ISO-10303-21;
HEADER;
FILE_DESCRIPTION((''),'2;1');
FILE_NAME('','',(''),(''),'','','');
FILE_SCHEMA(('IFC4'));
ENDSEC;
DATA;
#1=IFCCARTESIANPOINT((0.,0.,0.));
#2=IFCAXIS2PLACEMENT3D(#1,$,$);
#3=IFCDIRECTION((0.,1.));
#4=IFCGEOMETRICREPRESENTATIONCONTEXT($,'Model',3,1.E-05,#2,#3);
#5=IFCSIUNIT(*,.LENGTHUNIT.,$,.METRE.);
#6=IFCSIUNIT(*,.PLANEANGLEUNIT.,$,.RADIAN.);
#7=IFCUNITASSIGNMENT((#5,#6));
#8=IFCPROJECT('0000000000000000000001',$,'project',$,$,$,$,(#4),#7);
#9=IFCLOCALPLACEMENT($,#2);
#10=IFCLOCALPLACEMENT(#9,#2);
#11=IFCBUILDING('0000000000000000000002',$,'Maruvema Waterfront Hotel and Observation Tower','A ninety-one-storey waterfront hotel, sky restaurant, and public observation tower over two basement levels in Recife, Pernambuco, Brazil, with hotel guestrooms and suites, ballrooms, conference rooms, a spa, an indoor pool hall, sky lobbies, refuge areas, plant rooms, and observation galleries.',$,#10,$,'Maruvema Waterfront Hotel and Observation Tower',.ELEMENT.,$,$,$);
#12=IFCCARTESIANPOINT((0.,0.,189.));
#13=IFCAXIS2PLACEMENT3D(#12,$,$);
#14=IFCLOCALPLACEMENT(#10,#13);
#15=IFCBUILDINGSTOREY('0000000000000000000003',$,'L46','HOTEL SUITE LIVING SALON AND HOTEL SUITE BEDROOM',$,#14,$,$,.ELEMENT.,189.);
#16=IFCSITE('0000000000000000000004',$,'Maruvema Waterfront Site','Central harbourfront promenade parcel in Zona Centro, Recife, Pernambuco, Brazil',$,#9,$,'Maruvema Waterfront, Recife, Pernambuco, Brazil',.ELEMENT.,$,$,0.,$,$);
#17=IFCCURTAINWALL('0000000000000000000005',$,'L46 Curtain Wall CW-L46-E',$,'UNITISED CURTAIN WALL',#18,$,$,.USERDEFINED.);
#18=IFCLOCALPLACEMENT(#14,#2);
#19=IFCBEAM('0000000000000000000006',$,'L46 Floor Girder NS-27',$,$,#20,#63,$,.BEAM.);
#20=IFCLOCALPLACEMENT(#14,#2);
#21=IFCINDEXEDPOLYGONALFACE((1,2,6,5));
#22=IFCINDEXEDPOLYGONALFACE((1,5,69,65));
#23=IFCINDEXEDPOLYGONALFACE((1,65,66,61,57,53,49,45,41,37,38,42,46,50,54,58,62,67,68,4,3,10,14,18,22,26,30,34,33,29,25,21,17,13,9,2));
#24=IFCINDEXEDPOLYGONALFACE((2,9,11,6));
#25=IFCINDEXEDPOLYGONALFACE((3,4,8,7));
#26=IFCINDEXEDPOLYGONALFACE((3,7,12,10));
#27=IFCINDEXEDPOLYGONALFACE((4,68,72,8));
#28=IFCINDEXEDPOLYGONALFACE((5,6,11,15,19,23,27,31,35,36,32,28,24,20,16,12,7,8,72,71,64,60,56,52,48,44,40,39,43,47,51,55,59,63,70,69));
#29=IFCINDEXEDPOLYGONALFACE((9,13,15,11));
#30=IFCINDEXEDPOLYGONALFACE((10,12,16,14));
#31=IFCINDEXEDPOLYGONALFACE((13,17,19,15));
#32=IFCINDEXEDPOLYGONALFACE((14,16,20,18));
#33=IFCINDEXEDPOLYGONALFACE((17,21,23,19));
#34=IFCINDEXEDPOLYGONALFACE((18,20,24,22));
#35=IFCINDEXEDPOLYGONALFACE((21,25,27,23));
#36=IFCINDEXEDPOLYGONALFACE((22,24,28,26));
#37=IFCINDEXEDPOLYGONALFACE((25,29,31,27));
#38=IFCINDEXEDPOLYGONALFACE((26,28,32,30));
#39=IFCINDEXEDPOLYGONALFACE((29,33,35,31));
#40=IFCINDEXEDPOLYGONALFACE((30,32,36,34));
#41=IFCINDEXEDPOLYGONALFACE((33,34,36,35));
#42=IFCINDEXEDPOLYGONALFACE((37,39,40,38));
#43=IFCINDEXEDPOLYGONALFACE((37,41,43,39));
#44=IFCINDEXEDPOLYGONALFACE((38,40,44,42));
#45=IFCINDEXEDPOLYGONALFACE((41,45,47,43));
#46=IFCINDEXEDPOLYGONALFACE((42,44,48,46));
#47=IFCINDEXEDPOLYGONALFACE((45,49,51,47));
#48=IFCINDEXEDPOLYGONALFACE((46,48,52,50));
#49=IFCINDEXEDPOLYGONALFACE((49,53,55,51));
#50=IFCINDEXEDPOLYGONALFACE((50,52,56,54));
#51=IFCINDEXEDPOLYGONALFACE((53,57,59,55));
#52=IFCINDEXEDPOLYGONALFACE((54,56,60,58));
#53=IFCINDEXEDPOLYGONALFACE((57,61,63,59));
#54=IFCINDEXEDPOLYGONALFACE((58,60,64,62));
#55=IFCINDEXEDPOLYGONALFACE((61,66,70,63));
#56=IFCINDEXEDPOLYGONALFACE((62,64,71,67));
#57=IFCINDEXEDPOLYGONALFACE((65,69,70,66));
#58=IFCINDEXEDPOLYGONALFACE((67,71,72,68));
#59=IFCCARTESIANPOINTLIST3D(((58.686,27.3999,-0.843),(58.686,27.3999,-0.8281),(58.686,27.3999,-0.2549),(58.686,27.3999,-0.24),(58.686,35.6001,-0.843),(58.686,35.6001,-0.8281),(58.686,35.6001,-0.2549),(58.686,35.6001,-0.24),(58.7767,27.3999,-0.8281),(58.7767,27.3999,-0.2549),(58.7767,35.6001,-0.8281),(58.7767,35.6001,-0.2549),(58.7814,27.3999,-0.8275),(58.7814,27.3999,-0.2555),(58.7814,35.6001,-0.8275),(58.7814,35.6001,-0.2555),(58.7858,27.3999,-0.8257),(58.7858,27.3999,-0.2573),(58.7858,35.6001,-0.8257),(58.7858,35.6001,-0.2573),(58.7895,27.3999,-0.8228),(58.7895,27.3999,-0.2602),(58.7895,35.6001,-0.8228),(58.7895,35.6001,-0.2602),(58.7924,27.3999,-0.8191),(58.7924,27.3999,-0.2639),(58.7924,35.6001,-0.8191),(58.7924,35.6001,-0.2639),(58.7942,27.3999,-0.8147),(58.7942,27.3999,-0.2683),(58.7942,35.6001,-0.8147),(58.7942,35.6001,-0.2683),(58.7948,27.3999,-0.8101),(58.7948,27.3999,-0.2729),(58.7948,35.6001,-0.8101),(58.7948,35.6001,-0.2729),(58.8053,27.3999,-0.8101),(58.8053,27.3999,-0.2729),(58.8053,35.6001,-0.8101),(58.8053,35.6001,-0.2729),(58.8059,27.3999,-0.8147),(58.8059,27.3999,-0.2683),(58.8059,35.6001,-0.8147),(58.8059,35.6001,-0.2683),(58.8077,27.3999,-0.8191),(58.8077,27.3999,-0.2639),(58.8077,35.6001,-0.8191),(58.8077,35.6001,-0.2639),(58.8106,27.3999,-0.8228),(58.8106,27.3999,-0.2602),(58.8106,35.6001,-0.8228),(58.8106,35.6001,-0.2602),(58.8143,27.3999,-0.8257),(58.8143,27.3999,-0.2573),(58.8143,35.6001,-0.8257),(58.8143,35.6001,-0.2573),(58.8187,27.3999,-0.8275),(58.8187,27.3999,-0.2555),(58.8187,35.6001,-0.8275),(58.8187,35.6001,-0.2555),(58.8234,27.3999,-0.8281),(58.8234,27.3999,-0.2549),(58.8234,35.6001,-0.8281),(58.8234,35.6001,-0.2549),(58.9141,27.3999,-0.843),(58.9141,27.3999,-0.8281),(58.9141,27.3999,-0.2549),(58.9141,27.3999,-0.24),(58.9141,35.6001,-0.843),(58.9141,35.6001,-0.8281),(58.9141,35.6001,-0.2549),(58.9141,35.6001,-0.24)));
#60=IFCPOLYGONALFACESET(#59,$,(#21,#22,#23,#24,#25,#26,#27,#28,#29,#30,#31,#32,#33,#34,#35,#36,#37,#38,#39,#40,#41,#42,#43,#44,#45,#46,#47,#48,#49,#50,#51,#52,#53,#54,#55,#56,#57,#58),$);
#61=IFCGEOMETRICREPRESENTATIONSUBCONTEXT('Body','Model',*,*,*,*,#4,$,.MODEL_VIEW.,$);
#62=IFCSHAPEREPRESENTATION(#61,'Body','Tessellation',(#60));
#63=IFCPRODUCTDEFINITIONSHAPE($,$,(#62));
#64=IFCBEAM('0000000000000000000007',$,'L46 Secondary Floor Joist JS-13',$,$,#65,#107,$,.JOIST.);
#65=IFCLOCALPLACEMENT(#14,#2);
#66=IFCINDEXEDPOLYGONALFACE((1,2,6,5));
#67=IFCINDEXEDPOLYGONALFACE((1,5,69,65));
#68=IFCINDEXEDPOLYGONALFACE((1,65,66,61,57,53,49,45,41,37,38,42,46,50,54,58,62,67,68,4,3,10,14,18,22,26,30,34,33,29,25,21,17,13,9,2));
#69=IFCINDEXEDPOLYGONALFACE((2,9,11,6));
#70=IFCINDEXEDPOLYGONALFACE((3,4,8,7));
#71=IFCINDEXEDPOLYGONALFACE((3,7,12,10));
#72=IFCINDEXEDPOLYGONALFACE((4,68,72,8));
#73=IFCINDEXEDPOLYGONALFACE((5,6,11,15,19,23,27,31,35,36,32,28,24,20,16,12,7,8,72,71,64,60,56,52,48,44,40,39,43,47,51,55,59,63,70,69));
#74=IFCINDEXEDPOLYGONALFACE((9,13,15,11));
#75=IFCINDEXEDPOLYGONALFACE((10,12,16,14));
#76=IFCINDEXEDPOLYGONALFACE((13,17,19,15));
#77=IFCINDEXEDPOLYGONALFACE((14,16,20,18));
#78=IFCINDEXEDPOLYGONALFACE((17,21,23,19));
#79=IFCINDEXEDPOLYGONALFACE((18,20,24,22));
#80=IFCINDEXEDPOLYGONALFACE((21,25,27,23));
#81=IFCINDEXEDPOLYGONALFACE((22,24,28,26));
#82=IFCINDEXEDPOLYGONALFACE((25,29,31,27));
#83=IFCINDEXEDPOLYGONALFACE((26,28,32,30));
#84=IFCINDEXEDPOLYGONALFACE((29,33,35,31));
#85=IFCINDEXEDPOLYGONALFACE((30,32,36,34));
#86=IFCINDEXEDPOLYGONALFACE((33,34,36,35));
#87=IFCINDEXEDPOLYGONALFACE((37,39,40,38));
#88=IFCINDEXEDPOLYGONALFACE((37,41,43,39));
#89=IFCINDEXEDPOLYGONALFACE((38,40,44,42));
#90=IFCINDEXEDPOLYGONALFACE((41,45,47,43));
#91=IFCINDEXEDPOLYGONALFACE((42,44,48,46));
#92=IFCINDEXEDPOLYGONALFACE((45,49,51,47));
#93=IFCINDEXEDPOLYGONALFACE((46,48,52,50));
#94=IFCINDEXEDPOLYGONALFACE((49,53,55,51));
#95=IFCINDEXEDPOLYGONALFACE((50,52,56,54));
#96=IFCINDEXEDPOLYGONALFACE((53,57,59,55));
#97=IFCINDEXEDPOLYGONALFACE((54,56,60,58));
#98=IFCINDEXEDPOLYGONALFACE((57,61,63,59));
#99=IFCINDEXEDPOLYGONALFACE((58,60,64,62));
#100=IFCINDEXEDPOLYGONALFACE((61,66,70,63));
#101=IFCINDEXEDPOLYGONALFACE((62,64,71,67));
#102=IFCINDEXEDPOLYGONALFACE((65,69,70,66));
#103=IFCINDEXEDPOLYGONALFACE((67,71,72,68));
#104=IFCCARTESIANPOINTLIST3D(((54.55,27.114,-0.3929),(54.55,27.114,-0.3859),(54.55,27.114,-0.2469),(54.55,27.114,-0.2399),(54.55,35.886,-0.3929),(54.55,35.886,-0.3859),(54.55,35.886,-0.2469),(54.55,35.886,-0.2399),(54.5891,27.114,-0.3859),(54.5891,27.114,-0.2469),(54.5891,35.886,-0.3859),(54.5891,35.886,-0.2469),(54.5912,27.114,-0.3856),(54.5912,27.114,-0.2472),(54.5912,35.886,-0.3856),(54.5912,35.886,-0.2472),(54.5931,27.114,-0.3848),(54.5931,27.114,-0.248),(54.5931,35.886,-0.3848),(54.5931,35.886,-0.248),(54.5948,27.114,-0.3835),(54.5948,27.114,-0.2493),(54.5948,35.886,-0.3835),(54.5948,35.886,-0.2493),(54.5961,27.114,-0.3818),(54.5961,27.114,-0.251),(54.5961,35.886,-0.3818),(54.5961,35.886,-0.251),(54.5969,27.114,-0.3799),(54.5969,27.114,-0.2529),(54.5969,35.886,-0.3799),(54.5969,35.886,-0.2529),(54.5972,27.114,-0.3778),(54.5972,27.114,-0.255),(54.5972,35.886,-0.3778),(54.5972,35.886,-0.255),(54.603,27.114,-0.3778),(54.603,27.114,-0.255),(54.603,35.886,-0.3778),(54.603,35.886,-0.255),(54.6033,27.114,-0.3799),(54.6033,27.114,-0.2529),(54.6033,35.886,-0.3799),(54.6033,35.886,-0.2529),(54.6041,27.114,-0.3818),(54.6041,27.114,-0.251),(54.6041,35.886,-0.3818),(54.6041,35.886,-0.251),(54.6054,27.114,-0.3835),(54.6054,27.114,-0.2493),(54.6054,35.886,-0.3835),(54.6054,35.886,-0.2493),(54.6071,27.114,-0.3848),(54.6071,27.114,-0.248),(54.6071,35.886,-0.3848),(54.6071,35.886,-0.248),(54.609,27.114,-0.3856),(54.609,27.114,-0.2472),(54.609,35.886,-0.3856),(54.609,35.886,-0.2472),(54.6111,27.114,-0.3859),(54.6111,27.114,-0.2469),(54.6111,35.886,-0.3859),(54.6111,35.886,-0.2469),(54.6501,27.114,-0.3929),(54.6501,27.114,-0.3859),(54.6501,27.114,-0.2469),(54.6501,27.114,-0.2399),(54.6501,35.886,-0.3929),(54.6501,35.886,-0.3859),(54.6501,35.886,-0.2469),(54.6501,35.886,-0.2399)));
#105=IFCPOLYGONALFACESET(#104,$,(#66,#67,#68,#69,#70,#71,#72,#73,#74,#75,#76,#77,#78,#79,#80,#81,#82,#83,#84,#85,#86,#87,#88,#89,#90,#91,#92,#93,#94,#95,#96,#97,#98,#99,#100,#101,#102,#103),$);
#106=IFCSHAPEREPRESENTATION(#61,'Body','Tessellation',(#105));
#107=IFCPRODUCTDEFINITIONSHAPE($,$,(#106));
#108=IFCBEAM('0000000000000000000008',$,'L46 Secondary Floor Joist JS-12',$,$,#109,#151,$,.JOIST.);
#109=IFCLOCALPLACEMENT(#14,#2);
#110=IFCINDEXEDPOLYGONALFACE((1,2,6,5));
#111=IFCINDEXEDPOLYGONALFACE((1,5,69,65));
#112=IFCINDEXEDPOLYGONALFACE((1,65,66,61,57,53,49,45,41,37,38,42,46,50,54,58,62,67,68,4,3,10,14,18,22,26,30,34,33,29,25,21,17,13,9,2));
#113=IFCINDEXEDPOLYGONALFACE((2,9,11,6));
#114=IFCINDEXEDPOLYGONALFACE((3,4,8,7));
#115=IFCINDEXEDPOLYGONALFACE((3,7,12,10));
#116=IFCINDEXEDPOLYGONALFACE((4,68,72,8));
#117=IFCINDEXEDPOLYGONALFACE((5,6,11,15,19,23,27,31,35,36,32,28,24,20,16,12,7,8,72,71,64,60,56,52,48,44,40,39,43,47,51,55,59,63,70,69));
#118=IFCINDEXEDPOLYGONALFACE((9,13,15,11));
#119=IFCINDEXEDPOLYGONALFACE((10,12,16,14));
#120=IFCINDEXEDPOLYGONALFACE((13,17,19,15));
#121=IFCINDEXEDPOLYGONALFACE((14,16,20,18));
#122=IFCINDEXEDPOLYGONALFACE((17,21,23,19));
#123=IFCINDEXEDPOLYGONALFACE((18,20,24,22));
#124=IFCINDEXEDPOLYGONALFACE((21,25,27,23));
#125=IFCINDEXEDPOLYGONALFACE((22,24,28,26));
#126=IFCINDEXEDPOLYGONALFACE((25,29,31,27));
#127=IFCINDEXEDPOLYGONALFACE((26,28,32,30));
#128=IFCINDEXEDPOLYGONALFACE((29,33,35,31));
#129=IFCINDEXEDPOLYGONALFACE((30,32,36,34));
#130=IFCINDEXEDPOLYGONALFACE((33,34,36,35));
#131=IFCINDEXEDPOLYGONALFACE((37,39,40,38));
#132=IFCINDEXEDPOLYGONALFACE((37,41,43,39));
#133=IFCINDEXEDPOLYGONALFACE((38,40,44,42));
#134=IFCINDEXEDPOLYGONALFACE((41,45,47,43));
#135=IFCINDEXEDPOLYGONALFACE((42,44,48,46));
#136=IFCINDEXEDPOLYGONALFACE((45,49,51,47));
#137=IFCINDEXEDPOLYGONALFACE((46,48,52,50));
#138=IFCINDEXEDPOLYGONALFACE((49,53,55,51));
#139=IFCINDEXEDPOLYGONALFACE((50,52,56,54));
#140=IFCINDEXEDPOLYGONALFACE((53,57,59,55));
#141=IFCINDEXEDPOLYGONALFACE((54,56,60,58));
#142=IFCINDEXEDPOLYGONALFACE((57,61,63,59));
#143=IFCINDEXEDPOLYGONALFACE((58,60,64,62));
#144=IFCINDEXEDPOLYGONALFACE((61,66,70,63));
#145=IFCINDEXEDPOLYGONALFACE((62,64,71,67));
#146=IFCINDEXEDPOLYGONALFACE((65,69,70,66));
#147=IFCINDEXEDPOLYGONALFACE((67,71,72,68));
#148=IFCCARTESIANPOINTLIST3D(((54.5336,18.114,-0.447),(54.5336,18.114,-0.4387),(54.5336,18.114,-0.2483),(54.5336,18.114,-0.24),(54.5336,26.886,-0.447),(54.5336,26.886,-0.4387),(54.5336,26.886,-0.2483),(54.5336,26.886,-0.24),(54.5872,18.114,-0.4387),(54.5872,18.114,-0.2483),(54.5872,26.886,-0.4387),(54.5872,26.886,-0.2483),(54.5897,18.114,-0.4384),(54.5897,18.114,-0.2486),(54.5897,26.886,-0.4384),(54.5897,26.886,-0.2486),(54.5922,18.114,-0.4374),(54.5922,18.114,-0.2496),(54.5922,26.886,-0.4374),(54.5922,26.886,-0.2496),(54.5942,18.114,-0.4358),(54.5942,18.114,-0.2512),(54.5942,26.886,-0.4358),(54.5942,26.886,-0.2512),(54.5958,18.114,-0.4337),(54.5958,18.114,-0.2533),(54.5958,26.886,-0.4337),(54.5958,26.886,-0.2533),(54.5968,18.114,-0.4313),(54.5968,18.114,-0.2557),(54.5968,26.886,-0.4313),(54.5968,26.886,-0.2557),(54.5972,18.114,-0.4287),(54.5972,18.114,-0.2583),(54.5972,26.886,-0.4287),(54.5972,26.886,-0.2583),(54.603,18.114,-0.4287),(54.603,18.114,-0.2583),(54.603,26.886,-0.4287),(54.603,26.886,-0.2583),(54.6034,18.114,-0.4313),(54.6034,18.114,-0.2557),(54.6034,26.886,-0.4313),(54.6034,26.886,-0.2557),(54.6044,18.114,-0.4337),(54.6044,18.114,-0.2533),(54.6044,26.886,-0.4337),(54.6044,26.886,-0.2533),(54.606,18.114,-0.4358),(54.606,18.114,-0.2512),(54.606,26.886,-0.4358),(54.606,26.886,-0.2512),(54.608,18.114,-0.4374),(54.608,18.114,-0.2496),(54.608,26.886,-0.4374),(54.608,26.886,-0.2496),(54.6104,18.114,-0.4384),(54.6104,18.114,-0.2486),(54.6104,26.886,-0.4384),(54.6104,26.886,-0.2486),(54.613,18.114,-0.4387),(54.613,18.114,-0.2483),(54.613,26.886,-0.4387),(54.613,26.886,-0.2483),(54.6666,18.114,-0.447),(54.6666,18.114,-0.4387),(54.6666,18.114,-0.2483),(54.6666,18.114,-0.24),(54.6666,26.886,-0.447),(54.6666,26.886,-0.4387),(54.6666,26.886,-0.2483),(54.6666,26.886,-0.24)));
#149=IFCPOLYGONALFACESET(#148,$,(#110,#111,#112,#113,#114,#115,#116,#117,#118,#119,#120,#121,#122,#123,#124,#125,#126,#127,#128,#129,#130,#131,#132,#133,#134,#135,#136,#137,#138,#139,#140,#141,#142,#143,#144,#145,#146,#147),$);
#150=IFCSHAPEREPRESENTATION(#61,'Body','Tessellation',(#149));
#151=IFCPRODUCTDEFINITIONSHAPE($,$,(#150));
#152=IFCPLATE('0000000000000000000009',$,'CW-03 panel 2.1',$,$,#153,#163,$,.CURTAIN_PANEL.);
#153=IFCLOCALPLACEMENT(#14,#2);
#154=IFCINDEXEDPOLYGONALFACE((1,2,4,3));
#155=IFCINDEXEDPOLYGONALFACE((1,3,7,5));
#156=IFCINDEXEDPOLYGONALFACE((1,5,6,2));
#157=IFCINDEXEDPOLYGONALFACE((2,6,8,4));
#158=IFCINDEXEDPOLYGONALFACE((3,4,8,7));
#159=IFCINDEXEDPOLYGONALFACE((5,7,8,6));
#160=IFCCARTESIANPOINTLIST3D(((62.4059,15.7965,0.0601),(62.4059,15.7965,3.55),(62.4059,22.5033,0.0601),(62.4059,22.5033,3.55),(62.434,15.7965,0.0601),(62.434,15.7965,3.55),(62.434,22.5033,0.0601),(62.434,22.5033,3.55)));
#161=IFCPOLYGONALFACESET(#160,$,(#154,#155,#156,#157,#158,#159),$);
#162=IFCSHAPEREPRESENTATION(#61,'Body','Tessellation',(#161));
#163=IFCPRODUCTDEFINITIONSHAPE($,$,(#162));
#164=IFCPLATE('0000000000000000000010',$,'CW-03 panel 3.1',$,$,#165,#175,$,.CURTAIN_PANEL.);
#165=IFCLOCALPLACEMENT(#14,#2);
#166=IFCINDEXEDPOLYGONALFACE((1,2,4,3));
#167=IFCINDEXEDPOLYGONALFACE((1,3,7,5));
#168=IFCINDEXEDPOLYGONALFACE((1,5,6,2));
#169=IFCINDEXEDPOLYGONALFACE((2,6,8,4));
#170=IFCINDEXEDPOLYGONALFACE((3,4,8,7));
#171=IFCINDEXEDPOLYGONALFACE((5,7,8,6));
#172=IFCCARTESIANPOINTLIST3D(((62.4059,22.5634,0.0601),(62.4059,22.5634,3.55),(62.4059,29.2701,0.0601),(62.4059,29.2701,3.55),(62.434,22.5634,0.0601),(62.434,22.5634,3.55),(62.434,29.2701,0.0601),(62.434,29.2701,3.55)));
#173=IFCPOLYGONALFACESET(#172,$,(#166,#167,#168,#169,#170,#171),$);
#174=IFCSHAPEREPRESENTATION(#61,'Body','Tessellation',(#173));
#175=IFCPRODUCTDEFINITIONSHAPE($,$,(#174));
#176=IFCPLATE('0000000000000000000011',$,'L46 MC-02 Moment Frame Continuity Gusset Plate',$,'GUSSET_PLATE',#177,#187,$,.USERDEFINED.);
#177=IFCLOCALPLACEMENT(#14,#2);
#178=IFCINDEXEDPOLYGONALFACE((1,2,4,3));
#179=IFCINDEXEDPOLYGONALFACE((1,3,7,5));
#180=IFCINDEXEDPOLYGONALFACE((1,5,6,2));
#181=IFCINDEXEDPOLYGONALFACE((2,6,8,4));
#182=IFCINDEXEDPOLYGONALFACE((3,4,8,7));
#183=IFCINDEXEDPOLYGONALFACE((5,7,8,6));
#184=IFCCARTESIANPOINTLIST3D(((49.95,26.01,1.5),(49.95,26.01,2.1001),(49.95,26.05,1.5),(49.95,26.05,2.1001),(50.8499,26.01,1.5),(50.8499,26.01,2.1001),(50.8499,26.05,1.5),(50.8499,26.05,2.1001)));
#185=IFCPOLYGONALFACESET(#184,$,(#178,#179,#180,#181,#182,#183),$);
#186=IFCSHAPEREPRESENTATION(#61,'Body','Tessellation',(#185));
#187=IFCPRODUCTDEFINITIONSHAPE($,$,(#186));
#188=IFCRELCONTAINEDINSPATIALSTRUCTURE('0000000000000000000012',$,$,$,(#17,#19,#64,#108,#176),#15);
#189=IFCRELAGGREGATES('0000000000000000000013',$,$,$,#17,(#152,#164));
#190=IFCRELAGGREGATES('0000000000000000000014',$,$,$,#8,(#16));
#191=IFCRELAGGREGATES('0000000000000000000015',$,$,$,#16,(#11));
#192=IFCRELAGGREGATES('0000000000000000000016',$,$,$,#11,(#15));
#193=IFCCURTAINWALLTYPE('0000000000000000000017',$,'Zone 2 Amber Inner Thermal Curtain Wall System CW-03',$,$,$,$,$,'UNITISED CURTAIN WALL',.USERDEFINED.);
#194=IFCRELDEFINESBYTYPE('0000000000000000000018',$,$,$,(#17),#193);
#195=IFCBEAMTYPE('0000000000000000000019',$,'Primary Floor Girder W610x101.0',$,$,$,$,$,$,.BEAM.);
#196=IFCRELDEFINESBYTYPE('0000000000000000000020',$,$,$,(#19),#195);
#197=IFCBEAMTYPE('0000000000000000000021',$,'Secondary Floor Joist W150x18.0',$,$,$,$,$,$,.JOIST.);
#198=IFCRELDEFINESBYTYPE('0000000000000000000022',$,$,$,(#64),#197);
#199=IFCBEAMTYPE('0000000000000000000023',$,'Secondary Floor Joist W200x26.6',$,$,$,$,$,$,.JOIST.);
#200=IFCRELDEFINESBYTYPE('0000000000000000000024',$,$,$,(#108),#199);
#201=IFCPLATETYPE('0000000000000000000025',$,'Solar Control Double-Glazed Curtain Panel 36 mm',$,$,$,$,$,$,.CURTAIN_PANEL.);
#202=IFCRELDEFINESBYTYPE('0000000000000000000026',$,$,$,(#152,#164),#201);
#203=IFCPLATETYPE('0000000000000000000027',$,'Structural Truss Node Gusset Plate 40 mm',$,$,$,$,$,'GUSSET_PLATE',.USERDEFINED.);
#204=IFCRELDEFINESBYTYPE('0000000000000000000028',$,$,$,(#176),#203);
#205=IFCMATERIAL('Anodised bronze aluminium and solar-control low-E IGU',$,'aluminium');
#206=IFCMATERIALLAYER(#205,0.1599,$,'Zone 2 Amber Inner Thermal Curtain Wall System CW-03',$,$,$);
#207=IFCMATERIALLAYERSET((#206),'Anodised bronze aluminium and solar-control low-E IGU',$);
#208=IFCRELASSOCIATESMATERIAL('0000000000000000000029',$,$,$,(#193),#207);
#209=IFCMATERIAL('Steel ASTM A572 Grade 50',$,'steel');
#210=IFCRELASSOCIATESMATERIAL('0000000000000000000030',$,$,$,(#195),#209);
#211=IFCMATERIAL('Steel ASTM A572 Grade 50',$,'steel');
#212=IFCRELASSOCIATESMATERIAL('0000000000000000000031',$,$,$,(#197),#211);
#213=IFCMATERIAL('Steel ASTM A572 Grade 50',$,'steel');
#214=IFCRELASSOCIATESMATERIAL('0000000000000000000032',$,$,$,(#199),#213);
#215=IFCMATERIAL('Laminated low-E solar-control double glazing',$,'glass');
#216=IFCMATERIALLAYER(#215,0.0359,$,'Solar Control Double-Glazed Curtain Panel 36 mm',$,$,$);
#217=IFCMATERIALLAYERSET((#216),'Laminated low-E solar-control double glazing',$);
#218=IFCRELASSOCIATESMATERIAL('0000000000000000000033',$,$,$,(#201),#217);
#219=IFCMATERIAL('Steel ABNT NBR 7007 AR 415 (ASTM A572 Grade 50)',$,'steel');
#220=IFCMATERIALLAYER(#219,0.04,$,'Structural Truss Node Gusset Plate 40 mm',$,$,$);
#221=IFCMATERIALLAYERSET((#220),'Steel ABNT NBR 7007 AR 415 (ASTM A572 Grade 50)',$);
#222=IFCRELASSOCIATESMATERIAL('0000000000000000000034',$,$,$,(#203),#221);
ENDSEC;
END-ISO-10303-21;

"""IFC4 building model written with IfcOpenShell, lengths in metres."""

from ifc_helpers import new_model, si_unit, direction, frame, origin, origin_2d, place, context, subcontext, project, spatial, rectangle, i_section, extrude, material, layer, layer_set, material_profile, profile_set, type_object, element, aggregate, save


model = new_model("IFC4")

# Units and contexts
model_context = context("Model", 3, precision=1e-05, world=origin(), true_north=direction((0.0, 1.0)))
body_context = subcontext(model_context, "Body", "Model", "MODEL_VIEW")
ifc_project = project(units=[si_unit("LENGTHUNIT", "METRE"), si_unit("PLANEANGLEUNIT", "RADIAN")], contexts=[model_context])

# Site, building, storey
site_placement = place(None, origin())
site = spatial("IfcSite", under=ifc_project, at=site_placement, Name="Maruvema Waterfront Site", Description="Central harbourfront promenade parcel in Zona Centro, Recife, Pernambuco, Brazil", LongName="Maruvema Waterfront, Recife, Pernambuco, Brazil", CompositionType="ELEMENT", RefElevation=0.0)
building_placement = place(site_placement, origin())
building = spatial("IfcBuilding", under=site, at=building_placement, Name="Maruvema Waterfront Hotel and Observation Tower", Description="A ninety-one-storey waterfront hotel, sky restaurant, and public observation tower over two basement levels in Recife, Pernambuco, Brazil, with hotel guestrooms and suites, ballrooms, conference rooms, a spa, an indoor pool hall, sky lobbies, refuge areas, plant rooms, and observation galleries.", LongName="Maruvema Waterfront Hotel and Observation Tower", CompositionType="ELEMENT")
storey_placement = place(building_placement, frame((0.0, 0.0, 189.0)))
storey = spatial("IfcBuildingStorey", under=building, at=storey_placement, Name="L46", Description="HOTEL SUITE LIVING SALON AND HOTEL SUITE BEDROOM", CompositionType="ELEMENT", Elevation=189.0)

# Curtain wall
ifc_material_1 = material(Name="Anodised bronze aluminium and solar-control low-E IGU", Category="aluminium")
ifc_layer_1 = layer(ifc_material_1, 0.1599, Name="Zone 2 Amber Inner Thermal Curtain Wall System CW-03")
ifc_layer_set_1 = layer_set([ifc_layer_1], Name="Anodised bronze aluminium and solar-control low-E IGU")
curtain_wall_type = type_object("IfcCurtainWallType", Name="Zone 2 Amber Inner Thermal Curtain Wall System CW-03", ElementType="UNITISED CURTAIN WALL", PredefinedType="USERDEFINED", material=ifc_layer_set_1)
curtain_wall_placement = place(storey_placement, origin())
curtain_wall = element("IfcCurtainWall", 1, at=curtain_wall_placement, inside=storey, type_object=curtain_wall_type, Name="L46 Curtain Wall CW-L46-E", ObjectType="UNITISED CURTAIN WALL", PredefinedType="USERDEFINED")

# Beams
ifc_material_2 = material(Name="Steel ASTM A572 Grade 50", Category="steel")
ifc_material_profile_1 = material_profile(ifc_material_2, i_section(OverallWidth=0.228, OverallDepth=0.603, WebThickness=0.0105, FlangeThickness=0.0149, FilletRadius=0.0181, at=origin_2d()), Name="W610x101.0")
ifc_profile_set_1 = profile_set([ifc_material_profile_1], Name="Steel ASTM A572 Grade 50")
beam_type_1 = type_object("IfcBeamType", Name="Primary Floor Girder W610x101.0", PredefinedType="BEAM", material=ifc_profile_set_1)
for number, where, z_axis, x_axis, name in (
    (2, (58.8, 27.3999, -0.5415), (0.0, 1.0, 0.0), (-1.0, 0.0, 0.0), "L46 Floor Girder NS-27"),
):
    element("IfcBeam", number, at=place(storey_placement, frame(where, z_axis=z_axis, x_axis=x_axis)), inside=storey, type_object=beam_type_1, Name=name, PredefinedType="BEAM", context=body_context, shape_type="SweptSolid", body=[
        extrude(i_section(OverallWidth=0.228, OverallDepth=0.603, WebThickness=0.0105, FlangeThickness=0.0149, FilletRadius=0.0181, at=origin_2d()), origin(), (0.0, 0.0, 1.0), 8.2002),
    ])
ifc_material_3 = material(Name="Steel ASTM A572 Grade 50", Category="steel")
ifc_material_profile_2 = material_profile(ifc_material_3, i_section(OverallWidth=0.1001, OverallDepth=0.1531, WebThickness=0.0059, FlangeThickness=0.0071, FilletRadius=0.0081, at=origin_2d()), Name="W150x18.0")
ifc_profile_set_2 = profile_set([ifc_material_profile_2], Name="Steel ASTM A572 Grade 50")
beam_type_2 = type_object("IfcBeamType", Name="Secondary Floor Joist W150x18.0", PredefinedType="JOIST", material=ifc_profile_set_2)
beam_1_placement = place(storey_placement, frame((54.6001, 27.114, -0.3164), z_axis=(0.0, 1.0, 0.0), x_axis=(-1.0, 0.0, 0.0)))
element("IfcBeam", 3, at=beam_1_placement, inside=storey, type_object=beam_type_2, Name="L46 Secondary Floor Joist JS-13", PredefinedType="JOIST", context=body_context, shape_type="SweptSolid", body=[
    extrude(i_section(OverallWidth=0.1001, OverallDepth=0.1531, WebThickness=0.0059, FlangeThickness=0.0071, FilletRadius=0.0081, at=origin_2d()), origin(), (0.0, 0.0, 1.0), 8.772),
])
ifc_material_4 = material(Name="Steel ASTM A572 Grade 50", Category="steel")
ifc_material_profile_3 = material_profile(ifc_material_4, i_section(OverallWidth=0.1331, OverallDepth=0.207, WebThickness=0.0059, FlangeThickness=0.0083, FilletRadius=0.01, at=origin_2d()), Name="W200x26.6")
ifc_profile_set_3 = profile_set([ifc_material_profile_3], Name="Steel ASTM A572 Grade 50")
beam_type_3 = type_object("IfcBeamType", Name="Secondary Floor Joist W200x26.6", PredefinedType="JOIST", material=ifc_profile_set_3)
beam_2_placement = place(storey_placement, frame((54.6001, 18.114, -0.3435), z_axis=(0.0, 1.0, 0.0), x_axis=(-1.0, 0.0, 0.0)))
element("IfcBeam", 4, at=beam_2_placement, inside=storey, type_object=beam_type_3, Name="L46 Secondary Floor Joist JS-12", PredefinedType="JOIST", context=body_context, shape_type="SweptSolid", body=[
    extrude(i_section(OverallWidth=0.1331, OverallDepth=0.207, WebThickness=0.0059, FlangeThickness=0.0083, FilletRadius=0.01, at=origin_2d()), origin(), (0.0, 0.0, 1.0), 8.772),
])

# Plates
ifc_material_5 = material(Name="Laminated low-E solar-control double glazing", Category="glass")
ifc_layer_2 = layer(ifc_material_5, 0.0359, Name="Solar Control Double-Glazed Curtain Panel 36 mm")
ifc_layer_set_2 = layer_set([ifc_layer_2], Name="Laminated low-E solar-control double glazing")
plate_type_1 = type_object("IfcPlateType", Name="Solar Control Double-Glazed Curtain Panel 36 mm", PredefinedType="CURTAIN_PANEL", material=ifc_layer_set_2)
plate_1_placement = place(storey_placement, frame((62.4199, 19.1499, 0.0601), z_axis=(0.0, 0.0, 1.0), x_axis=(0.0, 1.0, 0.0)))
plate_1 = element("IfcPlate", 5, at=plate_1_placement, type_object=plate_type_1, Name="CW-03 panel 2.1", PredefinedType="CURTAIN_PANEL", context=body_context, shape_type="SweptSolid", body=[
    extrude(rectangle(XDim=6.7068, YDim=0.0281, at=origin_2d()), origin(), (0.0, 0.0, 1.0), 3.49),
])
plate_2_placement = place(storey_placement, frame((62.4199, 25.9167, 0.0601), z_axis=(0.0, 0.0, 1.0), x_axis=(0.0, 1.0, 0.0)))
plate_2 = element("IfcPlate", 6, at=plate_2_placement, type_object=plate_type_1, Name="CW-03 panel 3.1", PredefinedType="CURTAIN_PANEL", context=body_context, shape_type="SweptSolid", body=[
    extrude(rectangle(XDim=6.7068, YDim=0.0281, at=origin_2d()), origin(), (0.0, 0.0, 1.0), 3.49),
])
aggregate(curtain_wall, [plate_1, plate_2])
ifc_material_6 = material(Name="Steel ABNT NBR 7007 AR 415 (ASTM A572 Grade 50)", Category="steel")
ifc_layer_3 = layer(ifc_material_6, 0.04, Name="Structural Truss Node Gusset Plate 40 mm")
ifc_layer_set_3 = layer_set([ifc_layer_3], Name="Steel ABNT NBR 7007 AR 415 (ASTM A572 Grade 50)")
plate_type_2 = type_object("IfcPlateType", Name="Structural Truss Node Gusset Plate 40 mm", ElementType="GUSSET_PLATE", PredefinedType="USERDEFINED", material=ifc_layer_set_3)
plate_3_placement = place(storey_placement, frame((50.3999, 26.03, 1.5), z_axis=(0.0, 0.0, 1.0), x_axis=(1.0, 0.0, 0.0)))
element("IfcPlate", 7, at=plate_3_placement, inside=storey, type_object=plate_type_2, Name="L46 MC-02 Moment Frame Continuity Gusset Plate", ObjectType="GUSSET_PLATE", PredefinedType="USERDEFINED", context=body_context, shape_type="SweptSolid", body=[
    extrude(rectangle(XDim=0.8999, YDim=0.04, at=origin_2d()), origin(), (0.0, 0.0, 1.0), 0.6001),
])

save(model, "model.ifc")
